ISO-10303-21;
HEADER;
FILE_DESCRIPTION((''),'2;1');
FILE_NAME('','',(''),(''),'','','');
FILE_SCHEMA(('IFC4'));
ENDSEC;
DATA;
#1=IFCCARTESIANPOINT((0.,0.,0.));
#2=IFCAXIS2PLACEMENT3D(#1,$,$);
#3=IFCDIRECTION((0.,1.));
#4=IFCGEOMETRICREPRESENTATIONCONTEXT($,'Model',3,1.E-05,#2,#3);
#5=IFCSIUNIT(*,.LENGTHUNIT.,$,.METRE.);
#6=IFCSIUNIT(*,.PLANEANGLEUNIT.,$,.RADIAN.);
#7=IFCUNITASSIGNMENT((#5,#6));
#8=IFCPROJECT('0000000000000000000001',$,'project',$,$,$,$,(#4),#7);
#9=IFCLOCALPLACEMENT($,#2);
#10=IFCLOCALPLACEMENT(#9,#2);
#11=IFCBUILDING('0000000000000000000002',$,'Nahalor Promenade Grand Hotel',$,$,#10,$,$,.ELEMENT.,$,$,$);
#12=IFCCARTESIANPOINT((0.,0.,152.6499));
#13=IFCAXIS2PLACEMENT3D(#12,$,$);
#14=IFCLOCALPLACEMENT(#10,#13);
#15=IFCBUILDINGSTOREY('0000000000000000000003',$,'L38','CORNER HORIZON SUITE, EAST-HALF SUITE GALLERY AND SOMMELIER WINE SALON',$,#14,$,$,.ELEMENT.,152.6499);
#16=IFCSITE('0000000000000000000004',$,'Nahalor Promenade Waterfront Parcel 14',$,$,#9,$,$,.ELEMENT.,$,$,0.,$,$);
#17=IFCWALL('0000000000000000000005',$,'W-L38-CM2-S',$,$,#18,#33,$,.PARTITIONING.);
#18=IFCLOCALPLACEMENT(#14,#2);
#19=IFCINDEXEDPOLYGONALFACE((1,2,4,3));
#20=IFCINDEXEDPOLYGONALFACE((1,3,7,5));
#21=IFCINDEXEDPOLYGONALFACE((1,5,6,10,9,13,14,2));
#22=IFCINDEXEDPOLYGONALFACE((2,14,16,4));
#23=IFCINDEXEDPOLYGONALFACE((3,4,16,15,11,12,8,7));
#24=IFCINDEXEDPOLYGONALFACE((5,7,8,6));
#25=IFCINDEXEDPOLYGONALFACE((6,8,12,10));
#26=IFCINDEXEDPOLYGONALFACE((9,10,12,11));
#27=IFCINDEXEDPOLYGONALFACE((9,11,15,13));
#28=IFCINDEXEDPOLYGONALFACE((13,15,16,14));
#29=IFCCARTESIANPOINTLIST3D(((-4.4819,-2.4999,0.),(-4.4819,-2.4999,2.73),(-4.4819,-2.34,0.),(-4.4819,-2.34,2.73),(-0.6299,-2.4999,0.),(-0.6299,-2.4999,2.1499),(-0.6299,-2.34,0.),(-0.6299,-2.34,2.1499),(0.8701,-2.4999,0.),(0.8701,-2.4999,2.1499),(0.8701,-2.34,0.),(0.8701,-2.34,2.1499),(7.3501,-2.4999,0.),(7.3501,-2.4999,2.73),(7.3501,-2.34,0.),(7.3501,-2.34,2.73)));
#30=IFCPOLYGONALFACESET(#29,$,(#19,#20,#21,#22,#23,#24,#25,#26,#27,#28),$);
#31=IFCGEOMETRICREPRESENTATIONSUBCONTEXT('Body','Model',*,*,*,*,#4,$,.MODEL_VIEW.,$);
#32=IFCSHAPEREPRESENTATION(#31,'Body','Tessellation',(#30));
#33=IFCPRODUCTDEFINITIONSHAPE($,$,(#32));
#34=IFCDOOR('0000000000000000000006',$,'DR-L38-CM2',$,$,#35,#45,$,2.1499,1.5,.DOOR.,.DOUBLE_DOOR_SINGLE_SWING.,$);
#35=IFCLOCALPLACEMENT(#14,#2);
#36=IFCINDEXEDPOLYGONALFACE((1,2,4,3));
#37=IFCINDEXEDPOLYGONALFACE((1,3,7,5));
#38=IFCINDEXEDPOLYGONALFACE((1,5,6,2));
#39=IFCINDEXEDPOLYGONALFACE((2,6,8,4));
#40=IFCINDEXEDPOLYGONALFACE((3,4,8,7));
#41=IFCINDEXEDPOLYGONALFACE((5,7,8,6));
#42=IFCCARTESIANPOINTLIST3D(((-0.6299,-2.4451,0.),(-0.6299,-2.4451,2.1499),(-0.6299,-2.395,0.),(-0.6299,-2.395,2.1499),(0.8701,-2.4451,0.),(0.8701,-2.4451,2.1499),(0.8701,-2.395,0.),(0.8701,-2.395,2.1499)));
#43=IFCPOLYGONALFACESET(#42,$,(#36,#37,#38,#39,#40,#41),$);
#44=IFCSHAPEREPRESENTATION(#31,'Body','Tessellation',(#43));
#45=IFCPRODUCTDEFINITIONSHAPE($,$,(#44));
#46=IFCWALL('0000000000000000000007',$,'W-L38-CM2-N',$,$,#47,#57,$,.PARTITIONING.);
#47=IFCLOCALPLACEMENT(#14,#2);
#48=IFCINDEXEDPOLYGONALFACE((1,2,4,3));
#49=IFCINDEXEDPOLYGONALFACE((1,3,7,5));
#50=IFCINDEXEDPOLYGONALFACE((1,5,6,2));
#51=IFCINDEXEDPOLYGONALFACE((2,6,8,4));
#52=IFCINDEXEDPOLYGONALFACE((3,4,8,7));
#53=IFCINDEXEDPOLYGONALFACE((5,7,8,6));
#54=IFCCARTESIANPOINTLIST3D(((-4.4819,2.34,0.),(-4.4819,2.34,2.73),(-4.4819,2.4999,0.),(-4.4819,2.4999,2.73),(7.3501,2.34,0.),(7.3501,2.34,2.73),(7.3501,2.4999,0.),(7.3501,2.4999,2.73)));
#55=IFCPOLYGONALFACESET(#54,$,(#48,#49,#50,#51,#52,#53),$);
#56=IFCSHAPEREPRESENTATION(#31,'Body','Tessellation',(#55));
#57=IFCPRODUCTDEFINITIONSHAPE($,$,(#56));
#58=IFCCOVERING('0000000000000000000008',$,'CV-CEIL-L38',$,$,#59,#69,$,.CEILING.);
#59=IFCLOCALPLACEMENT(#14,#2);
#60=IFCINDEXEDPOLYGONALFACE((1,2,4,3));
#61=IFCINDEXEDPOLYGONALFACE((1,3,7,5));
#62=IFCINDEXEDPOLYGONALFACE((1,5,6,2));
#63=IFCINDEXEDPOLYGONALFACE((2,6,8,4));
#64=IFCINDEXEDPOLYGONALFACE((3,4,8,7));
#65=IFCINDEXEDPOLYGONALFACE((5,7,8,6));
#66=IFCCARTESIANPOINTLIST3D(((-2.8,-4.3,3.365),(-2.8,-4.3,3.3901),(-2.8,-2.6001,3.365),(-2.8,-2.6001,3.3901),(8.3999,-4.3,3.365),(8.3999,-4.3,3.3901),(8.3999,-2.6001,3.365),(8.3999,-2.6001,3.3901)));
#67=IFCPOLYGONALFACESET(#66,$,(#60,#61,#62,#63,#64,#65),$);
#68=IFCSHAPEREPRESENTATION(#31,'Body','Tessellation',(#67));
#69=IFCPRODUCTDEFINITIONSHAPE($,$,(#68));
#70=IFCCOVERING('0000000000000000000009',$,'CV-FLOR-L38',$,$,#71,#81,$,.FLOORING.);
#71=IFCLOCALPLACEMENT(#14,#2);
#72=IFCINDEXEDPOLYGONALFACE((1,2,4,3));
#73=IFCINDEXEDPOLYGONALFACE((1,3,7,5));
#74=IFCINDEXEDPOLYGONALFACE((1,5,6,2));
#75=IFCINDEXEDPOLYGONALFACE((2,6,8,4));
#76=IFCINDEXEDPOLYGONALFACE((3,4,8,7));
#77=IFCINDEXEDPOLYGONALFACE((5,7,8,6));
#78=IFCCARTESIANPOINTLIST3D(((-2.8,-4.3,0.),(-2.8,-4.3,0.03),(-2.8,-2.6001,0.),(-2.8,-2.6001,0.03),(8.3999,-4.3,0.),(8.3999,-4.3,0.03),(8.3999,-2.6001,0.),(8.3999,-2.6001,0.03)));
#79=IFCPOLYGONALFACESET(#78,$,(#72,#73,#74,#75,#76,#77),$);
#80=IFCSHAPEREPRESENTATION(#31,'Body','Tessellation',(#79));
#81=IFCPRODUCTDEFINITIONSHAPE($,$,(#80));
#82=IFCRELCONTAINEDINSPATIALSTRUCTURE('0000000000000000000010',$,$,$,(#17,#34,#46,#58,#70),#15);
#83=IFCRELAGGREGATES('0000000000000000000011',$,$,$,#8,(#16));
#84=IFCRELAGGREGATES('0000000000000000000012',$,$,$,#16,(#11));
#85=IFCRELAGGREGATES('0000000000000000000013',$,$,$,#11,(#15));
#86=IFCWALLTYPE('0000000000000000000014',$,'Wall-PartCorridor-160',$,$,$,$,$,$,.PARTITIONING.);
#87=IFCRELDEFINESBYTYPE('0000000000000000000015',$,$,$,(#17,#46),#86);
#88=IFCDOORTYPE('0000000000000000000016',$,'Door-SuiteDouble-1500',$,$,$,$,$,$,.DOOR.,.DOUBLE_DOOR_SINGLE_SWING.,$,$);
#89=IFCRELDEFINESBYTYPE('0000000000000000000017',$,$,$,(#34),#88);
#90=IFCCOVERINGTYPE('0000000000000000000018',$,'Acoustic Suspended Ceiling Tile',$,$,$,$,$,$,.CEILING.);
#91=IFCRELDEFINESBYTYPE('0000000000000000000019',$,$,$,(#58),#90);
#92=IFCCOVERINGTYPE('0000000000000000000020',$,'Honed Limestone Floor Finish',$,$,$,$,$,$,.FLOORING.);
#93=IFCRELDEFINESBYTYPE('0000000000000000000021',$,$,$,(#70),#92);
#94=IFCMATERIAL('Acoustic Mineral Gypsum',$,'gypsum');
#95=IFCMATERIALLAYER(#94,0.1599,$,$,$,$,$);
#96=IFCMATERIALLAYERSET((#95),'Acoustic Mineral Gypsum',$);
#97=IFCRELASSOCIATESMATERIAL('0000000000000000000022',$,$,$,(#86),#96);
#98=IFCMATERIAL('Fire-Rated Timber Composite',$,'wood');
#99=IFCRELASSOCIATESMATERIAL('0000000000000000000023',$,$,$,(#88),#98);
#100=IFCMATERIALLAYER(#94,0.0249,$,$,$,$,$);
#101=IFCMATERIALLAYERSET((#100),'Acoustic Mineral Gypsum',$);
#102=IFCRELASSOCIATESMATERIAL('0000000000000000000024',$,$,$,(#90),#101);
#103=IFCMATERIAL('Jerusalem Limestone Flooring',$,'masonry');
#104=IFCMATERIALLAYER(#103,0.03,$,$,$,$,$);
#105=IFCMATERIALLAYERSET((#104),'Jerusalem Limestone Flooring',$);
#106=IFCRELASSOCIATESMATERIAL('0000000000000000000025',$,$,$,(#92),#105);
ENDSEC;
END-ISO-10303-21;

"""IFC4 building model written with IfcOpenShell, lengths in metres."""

from ifc_helpers import new_model, si_unit, direction, frame, frame_2d, origin, place, context, subcontext, project, spatial, polyline, rectangle, outline, extrude, source, transform, mapped, material, layer, layer_set, type_object, element, fill, save


model = new_model("IFC4")

# Units and contexts
model_context = context("Model", 3, precision=1e-05, world=origin(), true_north=direction((0.0, 1.0)))
body_context = subcontext(model_context, "Body", "Model", "MODEL_VIEW")
ifc_project = project(units=[si_unit("LENGTHUNIT", "METRE"), si_unit("PLANEANGLEUNIT", "RADIAN")], contexts=[model_context])

# Site, building, storey
site_placement = place(None, origin())
site = spatial("IfcSite", under=ifc_project, at=site_placement, Name="Nahalor Promenade Waterfront Parcel 14", CompositionType="ELEMENT", RefElevation=0.0)
building_placement = place(site_placement, origin())
building = spatial("IfcBuilding", under=site, at=building_placement, Name="Nahalor Promenade Grand Hotel", CompositionType="ELEMENT")
storey_placement = place(building_placement, frame((0.0, 0.0, 152.6499)))
storey = spatial("IfcBuildingStorey", under=building, at=storey_placement, Name="L38", Description="CORNER HORIZON SUITE, EAST-HALF SUITE GALLERY AND SOMMELIER WINE SALON", CompositionType="ELEMENT", Elevation=152.6499)

# Shared definitions
ifc_material_1 = material(Name="Acoustic Mineral Gypsum", Category="gypsum")
ifc_layer_1 = layer(ifc_material_1, 0.1599)
ifc_layer_set_1 = layer_set([ifc_layer_1], Name="Acoustic Mineral Gypsum")
wall_type_1 = type_object("IfcWallType", Name="Wall-PartCorridor-160", PredefinedType="PARTITIONING", material=ifc_layer_set_1)
ifc_material_2 = material(Name="Fire-Rated Timber Composite", Category="wood")

# Wall, opening, door
shared_shape_1 = source(origin(), body_context, "Body", "SweptSolid", [
    extrude(rectangle(XDim=11.832, YDim=0.1599, at=frame_2d((5.916, 0.0))), origin(), (0.0, 0.0, 1.0), 2.73),
])
wall_1_placement = place(storey_placement, frame((-4.4819, -2.4199, 0.0), z_axis=(0.0, 0.0, 1.0), x_axis=(1.0, 0.0, 0.0)))
wall_1 = element("IfcWall", 1, at=wall_1_placement, inside=storey, type_object=wall_type_1, Name="W-L38-CM2-S", PredefinedType="PARTITIONING", context=body_context, shape_type="MappedRepresentation", body=[
    mapped(shared_shape_1, transform((0.0, 0.0, 0.0), scale=1.0)),
])
opening_1_placement = place(wall_1_placement, frame((3.8521, 0.0, 0.0)))
opening_1 = element("IfcOpeningElement", 2, at=opening_1_placement, cuts=wall_1, PredefinedType="OPENING", context=body_context, shape_type="SweptSolid", body=[
    extrude(rectangle(XDim=1.5, YDim=2.1499, at=frame_2d((0.75, 1.075))), frame((0.0, 0.0898, 0.0), z_axis=(0.0, -1.0, 0.0), x_axis=(1.0, 0.0, 0.0)), (0.0, 0.0, 1.0), 0.1799),
])
door_type_1 = type_object("IfcDoorType", Name="Door-SuiteDouble-1500", OperationType="DOUBLE_DOOR_SINGLE_SWING", PredefinedType="DOOR", material=ifc_material_2)
shared_shape_2 = source(origin(), body_context, "Body", "SweptSolid", [
    extrude(rectangle(XDim=1.5, YDim=2.1499, at=frame_2d((0.75, 1.075))), frame((0.0, 0.0249, 0.0), z_axis=(0.0, -1.0, 0.0), x_axis=(1.0, 0.0, 0.0)), (0.0, 0.0, 1.0), 0.05),
])
door_1_placement = place(opening_1_placement, origin())
door_1 = element("IfcDoor", 3, at=door_1_placement, inside=storey, type_object=door_type_1, Name="DR-L38-CM2", OperationType="DOUBLE_DOOR_SINGLE_SWING", OverallHeight=2.1499, OverallWidth=1.5, PredefinedType="DOOR", context=body_context, shape_type="MappedRepresentation", body=[
    mapped(shared_shape_2, transform((0.0, 0.0, 0.0), scale=1.0)),
])
fill(opening_1, door_1)

# Wall
wall_2_placement = place(storey_placement, frame((-4.4819, 2.4199, 0.0), z_axis=(0.0, 0.0, 1.0), x_axis=(1.0, 0.0, 0.0)))
element("IfcWall", 4, at=wall_2_placement, inside=storey, type_object=wall_type_1, Name="W-L38-CM2-N", PredefinedType="PARTITIONING", context=body_context, shape_type="MappedRepresentation", body=[
    mapped(shared_shape_1, transform((0.0, 0.0, 0.0), scale=1.0)),
])

# Coverings
ifc_layer_2 = layer(ifc_material_1, 0.0249)
ifc_layer_set_2 = layer_set([ifc_layer_2], Name="Acoustic Mineral Gypsum")
covering_type_1 = type_object("IfcCoveringType", Name="Acoustic Suspended Ceiling Tile", PredefinedType="CEILING", material=ifc_layer_set_2)
covering_1_placement = place(storey_placement, frame((0.0, 0.0, 3.365)))
element("IfcCovering", 5, at=covering_1_placement, inside=storey, type_object=covering_type_1, Name="CV-CEIL-L38", PredefinedType="CEILING", context=body_context, shape_type="SweptSolid", body=[
    extrude(outline(polyline([(-2.8, -4.3), (8.3999, -4.3), (8.3999, -2.6001), (-2.8, -2.6001), (-2.8, -4.3)])), origin(), (0.0, 0.0, 1.0), 0.0251),
])
ifc_material_3 = material(Name="Jerusalem Limestone Flooring", Category="masonry")
ifc_layer_3 = layer(ifc_material_3, 0.03)
ifc_layer_set_3 = layer_set([ifc_layer_3], Name="Jerusalem Limestone Flooring")
covering_type_2 = type_object("IfcCoveringType", Name="Honed Limestone Floor Finish", PredefinedType="FLOORING", material=ifc_layer_set_3)
covering_2_placement = place(storey_placement, origin())
element("IfcCovering", 6, at=covering_2_placement, inside=storey, type_object=covering_type_2, Name="CV-FLOR-L38", PredefinedType="FLOORING", context=body_context, shape_type="SweptSolid", body=[
    extrude(outline(polyline([(-2.8, -4.3), (8.3999, -4.3), (8.3999, -2.6001), (-2.8, -2.6001), (-2.8, -4.3)])), origin(), (0.0, 0.0, 1.0), 0.03),
])

save(model, "model.ifc")
